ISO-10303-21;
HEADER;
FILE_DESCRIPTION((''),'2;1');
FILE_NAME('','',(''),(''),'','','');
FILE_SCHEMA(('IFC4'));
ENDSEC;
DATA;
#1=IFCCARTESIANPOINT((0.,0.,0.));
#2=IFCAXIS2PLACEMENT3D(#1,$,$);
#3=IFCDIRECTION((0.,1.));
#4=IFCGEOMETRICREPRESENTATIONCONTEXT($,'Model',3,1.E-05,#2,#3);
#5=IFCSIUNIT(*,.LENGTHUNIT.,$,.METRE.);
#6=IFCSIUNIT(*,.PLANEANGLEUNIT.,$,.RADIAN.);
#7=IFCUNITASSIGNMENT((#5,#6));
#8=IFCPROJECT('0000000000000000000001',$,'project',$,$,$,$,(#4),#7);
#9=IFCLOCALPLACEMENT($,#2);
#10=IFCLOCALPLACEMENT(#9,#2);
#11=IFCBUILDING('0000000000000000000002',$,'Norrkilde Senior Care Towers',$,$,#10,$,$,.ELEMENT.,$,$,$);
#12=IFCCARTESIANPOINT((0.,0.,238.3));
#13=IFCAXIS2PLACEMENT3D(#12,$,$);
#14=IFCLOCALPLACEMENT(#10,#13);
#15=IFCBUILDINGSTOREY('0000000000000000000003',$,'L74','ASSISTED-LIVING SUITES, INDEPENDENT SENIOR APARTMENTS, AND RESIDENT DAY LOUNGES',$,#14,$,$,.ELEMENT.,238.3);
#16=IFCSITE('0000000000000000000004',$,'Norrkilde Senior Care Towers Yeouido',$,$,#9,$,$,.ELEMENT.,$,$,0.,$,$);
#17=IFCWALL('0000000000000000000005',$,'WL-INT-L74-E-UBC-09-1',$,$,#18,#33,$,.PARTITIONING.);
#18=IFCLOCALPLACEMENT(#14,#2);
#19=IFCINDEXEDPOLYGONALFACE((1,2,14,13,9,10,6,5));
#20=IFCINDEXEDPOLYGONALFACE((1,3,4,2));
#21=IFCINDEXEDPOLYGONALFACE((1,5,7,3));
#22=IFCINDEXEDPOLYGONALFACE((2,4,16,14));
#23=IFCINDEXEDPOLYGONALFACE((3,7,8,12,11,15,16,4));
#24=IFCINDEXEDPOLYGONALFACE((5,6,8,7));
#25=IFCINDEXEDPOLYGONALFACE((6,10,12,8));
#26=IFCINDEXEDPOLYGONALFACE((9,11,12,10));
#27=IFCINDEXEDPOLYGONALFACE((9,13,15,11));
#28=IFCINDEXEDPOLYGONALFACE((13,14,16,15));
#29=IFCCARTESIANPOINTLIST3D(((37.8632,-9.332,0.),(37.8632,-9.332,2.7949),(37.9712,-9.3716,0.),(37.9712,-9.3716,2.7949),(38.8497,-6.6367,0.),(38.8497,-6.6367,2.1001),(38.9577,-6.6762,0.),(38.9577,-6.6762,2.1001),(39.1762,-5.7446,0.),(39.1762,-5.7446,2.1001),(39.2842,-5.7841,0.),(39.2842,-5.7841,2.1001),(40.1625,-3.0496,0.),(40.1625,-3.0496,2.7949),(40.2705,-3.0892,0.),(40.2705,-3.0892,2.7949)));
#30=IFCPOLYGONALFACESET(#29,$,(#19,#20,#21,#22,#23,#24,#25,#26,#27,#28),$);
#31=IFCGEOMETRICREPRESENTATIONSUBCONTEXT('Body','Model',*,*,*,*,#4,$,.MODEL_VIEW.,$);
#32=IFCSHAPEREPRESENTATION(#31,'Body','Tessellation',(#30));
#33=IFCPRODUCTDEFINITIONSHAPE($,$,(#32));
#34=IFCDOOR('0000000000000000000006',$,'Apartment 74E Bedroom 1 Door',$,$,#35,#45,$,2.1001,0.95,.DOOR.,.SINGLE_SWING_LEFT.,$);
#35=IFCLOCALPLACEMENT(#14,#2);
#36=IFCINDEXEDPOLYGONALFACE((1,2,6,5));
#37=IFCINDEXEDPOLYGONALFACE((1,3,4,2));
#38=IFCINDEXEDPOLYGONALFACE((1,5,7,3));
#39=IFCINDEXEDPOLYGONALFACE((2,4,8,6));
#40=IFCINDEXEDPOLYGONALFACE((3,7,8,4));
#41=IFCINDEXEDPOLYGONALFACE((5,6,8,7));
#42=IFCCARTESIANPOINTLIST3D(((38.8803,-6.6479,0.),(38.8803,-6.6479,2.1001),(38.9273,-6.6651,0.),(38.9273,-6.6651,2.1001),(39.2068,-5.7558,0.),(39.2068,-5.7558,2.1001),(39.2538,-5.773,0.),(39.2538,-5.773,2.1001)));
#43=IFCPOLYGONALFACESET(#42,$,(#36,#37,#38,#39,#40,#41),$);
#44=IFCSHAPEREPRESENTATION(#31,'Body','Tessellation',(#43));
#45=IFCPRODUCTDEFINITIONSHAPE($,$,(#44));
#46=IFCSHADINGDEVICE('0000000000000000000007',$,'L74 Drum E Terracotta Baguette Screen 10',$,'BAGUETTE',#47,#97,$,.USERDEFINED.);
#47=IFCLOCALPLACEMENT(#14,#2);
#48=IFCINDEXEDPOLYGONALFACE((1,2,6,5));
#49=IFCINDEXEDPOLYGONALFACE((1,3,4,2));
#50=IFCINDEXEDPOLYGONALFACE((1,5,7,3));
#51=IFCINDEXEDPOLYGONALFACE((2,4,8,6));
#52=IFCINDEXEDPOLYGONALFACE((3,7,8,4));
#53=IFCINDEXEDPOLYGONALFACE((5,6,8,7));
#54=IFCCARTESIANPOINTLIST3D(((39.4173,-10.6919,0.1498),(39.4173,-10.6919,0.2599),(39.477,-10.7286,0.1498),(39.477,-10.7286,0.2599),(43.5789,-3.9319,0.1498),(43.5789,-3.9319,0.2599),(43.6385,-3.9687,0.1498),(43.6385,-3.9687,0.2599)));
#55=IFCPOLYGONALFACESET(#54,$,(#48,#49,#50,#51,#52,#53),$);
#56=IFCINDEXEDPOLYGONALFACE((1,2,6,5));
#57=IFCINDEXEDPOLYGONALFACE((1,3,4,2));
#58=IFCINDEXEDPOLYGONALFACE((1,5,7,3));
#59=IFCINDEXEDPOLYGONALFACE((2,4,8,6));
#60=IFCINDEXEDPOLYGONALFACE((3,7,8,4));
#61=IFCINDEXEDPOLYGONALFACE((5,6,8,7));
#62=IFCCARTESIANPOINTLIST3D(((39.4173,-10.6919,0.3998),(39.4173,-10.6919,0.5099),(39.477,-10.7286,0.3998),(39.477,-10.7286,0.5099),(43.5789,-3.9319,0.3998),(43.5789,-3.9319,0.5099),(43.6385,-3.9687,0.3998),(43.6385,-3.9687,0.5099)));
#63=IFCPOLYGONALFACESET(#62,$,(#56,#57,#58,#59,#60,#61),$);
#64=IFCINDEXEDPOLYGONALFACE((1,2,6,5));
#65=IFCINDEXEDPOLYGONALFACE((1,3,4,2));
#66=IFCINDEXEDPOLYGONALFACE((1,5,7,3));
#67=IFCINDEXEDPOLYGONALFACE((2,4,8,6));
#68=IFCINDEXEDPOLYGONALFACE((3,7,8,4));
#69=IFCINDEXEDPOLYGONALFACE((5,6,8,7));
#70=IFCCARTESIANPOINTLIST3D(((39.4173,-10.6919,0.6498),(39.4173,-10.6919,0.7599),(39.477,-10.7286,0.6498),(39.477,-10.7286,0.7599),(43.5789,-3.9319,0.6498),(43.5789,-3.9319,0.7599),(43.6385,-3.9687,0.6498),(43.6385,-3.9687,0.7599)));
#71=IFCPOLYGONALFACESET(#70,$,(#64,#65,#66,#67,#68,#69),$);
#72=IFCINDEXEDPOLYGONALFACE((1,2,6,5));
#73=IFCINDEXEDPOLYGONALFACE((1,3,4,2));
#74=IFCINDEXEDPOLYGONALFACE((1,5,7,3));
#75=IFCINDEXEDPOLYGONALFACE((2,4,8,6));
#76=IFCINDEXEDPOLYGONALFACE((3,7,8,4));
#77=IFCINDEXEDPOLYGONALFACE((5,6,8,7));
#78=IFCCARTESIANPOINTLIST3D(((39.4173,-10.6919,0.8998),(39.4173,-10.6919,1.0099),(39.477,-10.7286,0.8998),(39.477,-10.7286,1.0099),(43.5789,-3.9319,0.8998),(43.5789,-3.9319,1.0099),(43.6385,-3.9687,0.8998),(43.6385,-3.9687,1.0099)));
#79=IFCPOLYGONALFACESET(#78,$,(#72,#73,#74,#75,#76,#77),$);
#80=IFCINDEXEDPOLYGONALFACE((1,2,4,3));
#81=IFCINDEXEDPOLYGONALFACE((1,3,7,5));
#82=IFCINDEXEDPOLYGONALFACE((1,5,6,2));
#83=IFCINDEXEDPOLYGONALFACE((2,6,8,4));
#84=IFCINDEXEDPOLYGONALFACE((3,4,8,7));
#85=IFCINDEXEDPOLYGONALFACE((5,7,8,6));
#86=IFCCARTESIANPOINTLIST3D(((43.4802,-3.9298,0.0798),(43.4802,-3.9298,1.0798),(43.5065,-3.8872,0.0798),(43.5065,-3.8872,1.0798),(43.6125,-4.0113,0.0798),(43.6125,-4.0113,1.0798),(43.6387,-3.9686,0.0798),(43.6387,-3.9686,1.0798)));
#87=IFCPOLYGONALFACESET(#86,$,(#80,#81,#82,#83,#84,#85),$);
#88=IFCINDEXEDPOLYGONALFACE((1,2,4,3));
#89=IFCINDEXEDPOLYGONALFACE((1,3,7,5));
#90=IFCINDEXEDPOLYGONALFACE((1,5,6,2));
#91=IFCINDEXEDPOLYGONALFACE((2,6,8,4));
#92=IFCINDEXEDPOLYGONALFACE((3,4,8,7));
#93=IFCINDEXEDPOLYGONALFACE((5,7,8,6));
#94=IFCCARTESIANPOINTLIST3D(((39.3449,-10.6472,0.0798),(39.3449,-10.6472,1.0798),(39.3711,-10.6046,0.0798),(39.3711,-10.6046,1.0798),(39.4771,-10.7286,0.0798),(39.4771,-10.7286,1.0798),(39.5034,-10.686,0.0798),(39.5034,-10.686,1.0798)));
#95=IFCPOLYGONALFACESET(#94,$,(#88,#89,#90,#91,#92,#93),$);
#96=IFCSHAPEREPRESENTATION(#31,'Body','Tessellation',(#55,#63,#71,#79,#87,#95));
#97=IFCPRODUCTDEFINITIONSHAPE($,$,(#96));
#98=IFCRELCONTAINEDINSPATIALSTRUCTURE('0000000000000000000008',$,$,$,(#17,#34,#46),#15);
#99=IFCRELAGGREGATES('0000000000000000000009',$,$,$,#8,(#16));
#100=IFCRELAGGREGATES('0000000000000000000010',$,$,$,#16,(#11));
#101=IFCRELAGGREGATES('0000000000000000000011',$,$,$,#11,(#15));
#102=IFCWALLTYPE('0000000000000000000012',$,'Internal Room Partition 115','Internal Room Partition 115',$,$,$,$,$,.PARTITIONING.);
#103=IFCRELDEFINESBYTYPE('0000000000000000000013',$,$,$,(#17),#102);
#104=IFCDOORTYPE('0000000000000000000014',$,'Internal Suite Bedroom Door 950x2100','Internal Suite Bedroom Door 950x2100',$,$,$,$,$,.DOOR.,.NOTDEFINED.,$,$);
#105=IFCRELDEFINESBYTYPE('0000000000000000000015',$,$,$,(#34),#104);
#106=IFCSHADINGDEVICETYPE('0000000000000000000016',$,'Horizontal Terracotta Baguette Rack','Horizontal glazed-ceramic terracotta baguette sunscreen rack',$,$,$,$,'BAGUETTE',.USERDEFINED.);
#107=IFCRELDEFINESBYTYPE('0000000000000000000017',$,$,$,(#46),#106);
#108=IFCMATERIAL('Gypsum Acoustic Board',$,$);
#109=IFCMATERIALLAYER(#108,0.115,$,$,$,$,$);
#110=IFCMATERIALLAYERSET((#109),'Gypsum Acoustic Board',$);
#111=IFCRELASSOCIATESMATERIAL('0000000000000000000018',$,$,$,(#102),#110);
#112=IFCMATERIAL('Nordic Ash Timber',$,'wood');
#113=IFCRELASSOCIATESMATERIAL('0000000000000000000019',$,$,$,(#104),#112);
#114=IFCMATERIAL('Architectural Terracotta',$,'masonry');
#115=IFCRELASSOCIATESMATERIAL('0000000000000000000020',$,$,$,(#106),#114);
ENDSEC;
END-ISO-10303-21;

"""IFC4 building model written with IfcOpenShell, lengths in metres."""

from ifc_helpers import new_model, si_unit, direction, frame, frame_2d, origin, origin_2d, place, context, subcontext, project, spatial, rectangle, extrude, source, transform, mapped, material, layer, layer_set, type_object, type_shapes, element, fill, save


model = new_model("IFC4")

# Units and contexts
model_context = context("Model", 3, precision=1e-05, world=origin(), true_north=direction((0.0, 1.0)))
body_context = subcontext(model_context, "Body", "Model", "MODEL_VIEW")
ifc_project = project(units=[si_unit("LENGTHUNIT", "METRE"), si_unit("PLANEANGLEUNIT", "RADIAN")], contexts=[model_context])

# Site, building, storey
site_placement = place(None, origin())
site = spatial("IfcSite", under=ifc_project, at=site_placement, Name="Norrkilde Senior Care Towers Yeouido", CompositionType="ELEMENT", RefElevation=0.0)
building_placement = place(site_placement, origin())
building = spatial("IfcBuilding", under=site, at=building_placement, Name="Norrkilde Senior Care Towers", CompositionType="ELEMENT")
storey_placement = place(building_placement, frame((0.0, 0.0, 238.3)))
storey = spatial("IfcBuildingStorey", under=building, at=storey_placement, Name="L74", Description="ASSISTED-LIVING SUITES, INDEPENDENT SENIOR APARTMENTS, AND RESIDENT DAY LOUNGES", CompositionType="ELEMENT", Elevation=238.3)

# Shared definitions
ifc_material_1 = material(Name="Gypsum Acoustic Board")
ifc_material_2 = material(Name="Nordic Ash Timber", Category="wood")

# Shared definitions
ifc_layer_1 = layer(ifc_material_1, 0.115)
ifc_layer_set_1 = layer_set([ifc_layer_1], Name="Gypsum Acoustic Board")
wall_type_1 = type_object("IfcWallType", Name="Internal Room Partition 115", Description="Internal Room Partition 115", PredefinedType="PARTITIONING", material=ifc_layer_set_1)

# Wall, opening, door
shared_shape_1 = source(origin(), body_context, "Body", "SweptSolid", [
    extrude(rectangle(XDim=6.6899, YDim=0.115, at=frame_2d((3.345, 0.0))), origin(), (0.0, 0.0, 1.0), 2.7949),
])
wall_1_placement = place(storey_placement, frame((37.9172, -9.3518, 0.0), z_axis=(0.0, 0.0, 1.0), x_axis=(0.343694, 0.939082, 0.0)))
wall_1 = element("IfcWall", 1, at=wall_1_placement, inside=storey, type_object=wall_type_1, Name="WL-INT-L74-E-UBC-09-1", PredefinedType="PARTITIONING", context=body_context, shape_type="MappedRepresentation", body=[
    mapped(shared_shape_1, transform((0.0, 0.0, 0.0), x_axis=(1.0, 0.0, 0.0), y_axis=(0.0, 1.0, 0.0), z_axis=(0.0, 0.0, 1.0), scale=1.0)),
])
opening_1_placement = place(wall_1_placement, frame((2.8701, 0.0, 0.0)))
opening_1 = element("IfcOpeningElement", 2, at=opening_1_placement, cuts=wall_1, PredefinedType="OPENING", context=body_context, shape_type="SweptSolid", body=[
    extrude(rectangle(XDim=0.95, YDim=2.1001, at=frame_2d((0.4751, 1.05))), frame((0.0, 0.0674, 0.0), z_axis=(0.0, -1.0, 0.0), x_axis=(1.0, 0.0, 0.0)), (0.0, 0.0, 1.0), 0.135),
])
door_type_1 = type_object("IfcDoorType", Name="Internal Suite Bedroom Door 950x2100", Description="Internal Suite Bedroom Door 950x2100", OperationType="NOTDEFINED", PredefinedType="DOOR", material=ifc_material_2)
shared_shape_2 = source(origin(), body_context, "Body", "SweptSolid", [
    extrude(rectangle(XDim=0.95, YDim=2.1001, at=frame_2d((0.4751, 1.05))), frame((0.0, 0.0249, 0.0), z_axis=(0.0, -1.0, 0.0), x_axis=(1.0, 0.0, 0.0)), (0.0, 0.0, 1.0), 0.05),
])
type_shapes(door_type_1, [shared_shape_2])
door_1_placement = place(opening_1_placement, origin())
door_1 = element("IfcDoor", 3, at=door_1_placement, inside=storey, type_object=door_type_1, Name="Apartment 74E Bedroom 1 Door", OperationType="SINGLE_SWING_LEFT", OverallHeight=2.1001, OverallWidth=0.95, PredefinedType="DOOR", context=body_context, shape_type="MappedRepresentation", body=[
    mapped(shared_shape_2, transform((0.0, 0.0, 0.0), x_axis=(1.0, 0.0, 0.0), y_axis=(0.0, 1.0, 0.0), z_axis=(0.0, 0.0, 1.0), scale=1.0)),
])
fill(opening_1, door_1)

# Shading device
ifc_material_3 = material(Name="Architectural Terracotta", Category="masonry")
shading_device_type = type_object("IfcShadingDeviceType", Name="Horizontal Terracotta Baguette Rack", Description="Horizontal glazed-ceramic terracotta baguette sunscreen rack", ElementType="BAGUETTE", PredefinedType="USERDEFINED", material=ifc_material_3)
shared_shape_3 = source(origin(), body_context, "Body", "SweptSolid", [
    extrude(rectangle(XDim=0.0701, YDim=0.1101, at=origin_2d()), frame((0.0, 0.0901, 0.125), z_axis=(1.0, 0.0, 0.0), x_axis=(0.0, 1.0, 0.0)), (0.0, 0.0, 1.0), 7.9382),
    extrude(rectangle(XDim=0.0701, YDim=0.1101, at=origin_2d()), frame((0.0, 0.0901, 0.375), z_axis=(1.0, 0.0, 0.0), x_axis=(0.0, 1.0, 0.0)), (0.0, 0.0, 1.0), 7.9382),
    extrude(rectangle(XDim=0.0701, YDim=0.1101, at=origin_2d()), frame((0.0, 0.0901, 0.625), z_axis=(1.0, 0.0, 0.0), x_axis=(0.0, 1.0, 0.0)), (0.0, 0.0, 1.0), 7.9382),
    extrude(rectangle(XDim=0.0701, YDim=0.1101, at=origin_2d()), frame((0.0, 0.0901, 0.875), z_axis=(1.0, 0.0, 0.0), x_axis=(0.0, 1.0, 0.0)), (0.0, 0.0, 1.0), 7.9382),
    extrude(rectangle(XDim=0.05, YDim=0.1553, at=origin_2d()), frame((0.0249, 0.0476, 0.0)), (0.0, 0.0, 1.0), 1.0),
    extrude(rectangle(XDim=0.05, YDim=0.1553, at=origin_2d()), frame((7.9131, 0.0476, 0.0)), (0.0, 0.0, 1.0), 1.0),
])
type_shapes(shading_device_type, [shared_shape_3])
shading_device_placement = place(storey_placement, frame((43.532, -3.9031, 0.0798), z_axis=(0.0, 0.0, 1.0), x_axis=(-0.52425, -0.851576, 0.0)))
element("IfcShadingDevice", 4, at=shading_device_placement, inside=storey, type_object=shading_device_type, Name="L74 Drum E Terracotta Baguette Screen 10", ObjectType="BAGUETTE", PredefinedType="USERDEFINED", context=body_context, shape_type="MappedRepresentation", body=[
    mapped(shared_shape_3, transform((0.0, 0.0, 0.0), x_axis=(1.0, 0.0, 0.0), y_axis=(0.0, 1.0, 0.0), z_axis=(0.0, 0.0, 1.0), scale=1.0)),
])

save(model, "model.ifc")
